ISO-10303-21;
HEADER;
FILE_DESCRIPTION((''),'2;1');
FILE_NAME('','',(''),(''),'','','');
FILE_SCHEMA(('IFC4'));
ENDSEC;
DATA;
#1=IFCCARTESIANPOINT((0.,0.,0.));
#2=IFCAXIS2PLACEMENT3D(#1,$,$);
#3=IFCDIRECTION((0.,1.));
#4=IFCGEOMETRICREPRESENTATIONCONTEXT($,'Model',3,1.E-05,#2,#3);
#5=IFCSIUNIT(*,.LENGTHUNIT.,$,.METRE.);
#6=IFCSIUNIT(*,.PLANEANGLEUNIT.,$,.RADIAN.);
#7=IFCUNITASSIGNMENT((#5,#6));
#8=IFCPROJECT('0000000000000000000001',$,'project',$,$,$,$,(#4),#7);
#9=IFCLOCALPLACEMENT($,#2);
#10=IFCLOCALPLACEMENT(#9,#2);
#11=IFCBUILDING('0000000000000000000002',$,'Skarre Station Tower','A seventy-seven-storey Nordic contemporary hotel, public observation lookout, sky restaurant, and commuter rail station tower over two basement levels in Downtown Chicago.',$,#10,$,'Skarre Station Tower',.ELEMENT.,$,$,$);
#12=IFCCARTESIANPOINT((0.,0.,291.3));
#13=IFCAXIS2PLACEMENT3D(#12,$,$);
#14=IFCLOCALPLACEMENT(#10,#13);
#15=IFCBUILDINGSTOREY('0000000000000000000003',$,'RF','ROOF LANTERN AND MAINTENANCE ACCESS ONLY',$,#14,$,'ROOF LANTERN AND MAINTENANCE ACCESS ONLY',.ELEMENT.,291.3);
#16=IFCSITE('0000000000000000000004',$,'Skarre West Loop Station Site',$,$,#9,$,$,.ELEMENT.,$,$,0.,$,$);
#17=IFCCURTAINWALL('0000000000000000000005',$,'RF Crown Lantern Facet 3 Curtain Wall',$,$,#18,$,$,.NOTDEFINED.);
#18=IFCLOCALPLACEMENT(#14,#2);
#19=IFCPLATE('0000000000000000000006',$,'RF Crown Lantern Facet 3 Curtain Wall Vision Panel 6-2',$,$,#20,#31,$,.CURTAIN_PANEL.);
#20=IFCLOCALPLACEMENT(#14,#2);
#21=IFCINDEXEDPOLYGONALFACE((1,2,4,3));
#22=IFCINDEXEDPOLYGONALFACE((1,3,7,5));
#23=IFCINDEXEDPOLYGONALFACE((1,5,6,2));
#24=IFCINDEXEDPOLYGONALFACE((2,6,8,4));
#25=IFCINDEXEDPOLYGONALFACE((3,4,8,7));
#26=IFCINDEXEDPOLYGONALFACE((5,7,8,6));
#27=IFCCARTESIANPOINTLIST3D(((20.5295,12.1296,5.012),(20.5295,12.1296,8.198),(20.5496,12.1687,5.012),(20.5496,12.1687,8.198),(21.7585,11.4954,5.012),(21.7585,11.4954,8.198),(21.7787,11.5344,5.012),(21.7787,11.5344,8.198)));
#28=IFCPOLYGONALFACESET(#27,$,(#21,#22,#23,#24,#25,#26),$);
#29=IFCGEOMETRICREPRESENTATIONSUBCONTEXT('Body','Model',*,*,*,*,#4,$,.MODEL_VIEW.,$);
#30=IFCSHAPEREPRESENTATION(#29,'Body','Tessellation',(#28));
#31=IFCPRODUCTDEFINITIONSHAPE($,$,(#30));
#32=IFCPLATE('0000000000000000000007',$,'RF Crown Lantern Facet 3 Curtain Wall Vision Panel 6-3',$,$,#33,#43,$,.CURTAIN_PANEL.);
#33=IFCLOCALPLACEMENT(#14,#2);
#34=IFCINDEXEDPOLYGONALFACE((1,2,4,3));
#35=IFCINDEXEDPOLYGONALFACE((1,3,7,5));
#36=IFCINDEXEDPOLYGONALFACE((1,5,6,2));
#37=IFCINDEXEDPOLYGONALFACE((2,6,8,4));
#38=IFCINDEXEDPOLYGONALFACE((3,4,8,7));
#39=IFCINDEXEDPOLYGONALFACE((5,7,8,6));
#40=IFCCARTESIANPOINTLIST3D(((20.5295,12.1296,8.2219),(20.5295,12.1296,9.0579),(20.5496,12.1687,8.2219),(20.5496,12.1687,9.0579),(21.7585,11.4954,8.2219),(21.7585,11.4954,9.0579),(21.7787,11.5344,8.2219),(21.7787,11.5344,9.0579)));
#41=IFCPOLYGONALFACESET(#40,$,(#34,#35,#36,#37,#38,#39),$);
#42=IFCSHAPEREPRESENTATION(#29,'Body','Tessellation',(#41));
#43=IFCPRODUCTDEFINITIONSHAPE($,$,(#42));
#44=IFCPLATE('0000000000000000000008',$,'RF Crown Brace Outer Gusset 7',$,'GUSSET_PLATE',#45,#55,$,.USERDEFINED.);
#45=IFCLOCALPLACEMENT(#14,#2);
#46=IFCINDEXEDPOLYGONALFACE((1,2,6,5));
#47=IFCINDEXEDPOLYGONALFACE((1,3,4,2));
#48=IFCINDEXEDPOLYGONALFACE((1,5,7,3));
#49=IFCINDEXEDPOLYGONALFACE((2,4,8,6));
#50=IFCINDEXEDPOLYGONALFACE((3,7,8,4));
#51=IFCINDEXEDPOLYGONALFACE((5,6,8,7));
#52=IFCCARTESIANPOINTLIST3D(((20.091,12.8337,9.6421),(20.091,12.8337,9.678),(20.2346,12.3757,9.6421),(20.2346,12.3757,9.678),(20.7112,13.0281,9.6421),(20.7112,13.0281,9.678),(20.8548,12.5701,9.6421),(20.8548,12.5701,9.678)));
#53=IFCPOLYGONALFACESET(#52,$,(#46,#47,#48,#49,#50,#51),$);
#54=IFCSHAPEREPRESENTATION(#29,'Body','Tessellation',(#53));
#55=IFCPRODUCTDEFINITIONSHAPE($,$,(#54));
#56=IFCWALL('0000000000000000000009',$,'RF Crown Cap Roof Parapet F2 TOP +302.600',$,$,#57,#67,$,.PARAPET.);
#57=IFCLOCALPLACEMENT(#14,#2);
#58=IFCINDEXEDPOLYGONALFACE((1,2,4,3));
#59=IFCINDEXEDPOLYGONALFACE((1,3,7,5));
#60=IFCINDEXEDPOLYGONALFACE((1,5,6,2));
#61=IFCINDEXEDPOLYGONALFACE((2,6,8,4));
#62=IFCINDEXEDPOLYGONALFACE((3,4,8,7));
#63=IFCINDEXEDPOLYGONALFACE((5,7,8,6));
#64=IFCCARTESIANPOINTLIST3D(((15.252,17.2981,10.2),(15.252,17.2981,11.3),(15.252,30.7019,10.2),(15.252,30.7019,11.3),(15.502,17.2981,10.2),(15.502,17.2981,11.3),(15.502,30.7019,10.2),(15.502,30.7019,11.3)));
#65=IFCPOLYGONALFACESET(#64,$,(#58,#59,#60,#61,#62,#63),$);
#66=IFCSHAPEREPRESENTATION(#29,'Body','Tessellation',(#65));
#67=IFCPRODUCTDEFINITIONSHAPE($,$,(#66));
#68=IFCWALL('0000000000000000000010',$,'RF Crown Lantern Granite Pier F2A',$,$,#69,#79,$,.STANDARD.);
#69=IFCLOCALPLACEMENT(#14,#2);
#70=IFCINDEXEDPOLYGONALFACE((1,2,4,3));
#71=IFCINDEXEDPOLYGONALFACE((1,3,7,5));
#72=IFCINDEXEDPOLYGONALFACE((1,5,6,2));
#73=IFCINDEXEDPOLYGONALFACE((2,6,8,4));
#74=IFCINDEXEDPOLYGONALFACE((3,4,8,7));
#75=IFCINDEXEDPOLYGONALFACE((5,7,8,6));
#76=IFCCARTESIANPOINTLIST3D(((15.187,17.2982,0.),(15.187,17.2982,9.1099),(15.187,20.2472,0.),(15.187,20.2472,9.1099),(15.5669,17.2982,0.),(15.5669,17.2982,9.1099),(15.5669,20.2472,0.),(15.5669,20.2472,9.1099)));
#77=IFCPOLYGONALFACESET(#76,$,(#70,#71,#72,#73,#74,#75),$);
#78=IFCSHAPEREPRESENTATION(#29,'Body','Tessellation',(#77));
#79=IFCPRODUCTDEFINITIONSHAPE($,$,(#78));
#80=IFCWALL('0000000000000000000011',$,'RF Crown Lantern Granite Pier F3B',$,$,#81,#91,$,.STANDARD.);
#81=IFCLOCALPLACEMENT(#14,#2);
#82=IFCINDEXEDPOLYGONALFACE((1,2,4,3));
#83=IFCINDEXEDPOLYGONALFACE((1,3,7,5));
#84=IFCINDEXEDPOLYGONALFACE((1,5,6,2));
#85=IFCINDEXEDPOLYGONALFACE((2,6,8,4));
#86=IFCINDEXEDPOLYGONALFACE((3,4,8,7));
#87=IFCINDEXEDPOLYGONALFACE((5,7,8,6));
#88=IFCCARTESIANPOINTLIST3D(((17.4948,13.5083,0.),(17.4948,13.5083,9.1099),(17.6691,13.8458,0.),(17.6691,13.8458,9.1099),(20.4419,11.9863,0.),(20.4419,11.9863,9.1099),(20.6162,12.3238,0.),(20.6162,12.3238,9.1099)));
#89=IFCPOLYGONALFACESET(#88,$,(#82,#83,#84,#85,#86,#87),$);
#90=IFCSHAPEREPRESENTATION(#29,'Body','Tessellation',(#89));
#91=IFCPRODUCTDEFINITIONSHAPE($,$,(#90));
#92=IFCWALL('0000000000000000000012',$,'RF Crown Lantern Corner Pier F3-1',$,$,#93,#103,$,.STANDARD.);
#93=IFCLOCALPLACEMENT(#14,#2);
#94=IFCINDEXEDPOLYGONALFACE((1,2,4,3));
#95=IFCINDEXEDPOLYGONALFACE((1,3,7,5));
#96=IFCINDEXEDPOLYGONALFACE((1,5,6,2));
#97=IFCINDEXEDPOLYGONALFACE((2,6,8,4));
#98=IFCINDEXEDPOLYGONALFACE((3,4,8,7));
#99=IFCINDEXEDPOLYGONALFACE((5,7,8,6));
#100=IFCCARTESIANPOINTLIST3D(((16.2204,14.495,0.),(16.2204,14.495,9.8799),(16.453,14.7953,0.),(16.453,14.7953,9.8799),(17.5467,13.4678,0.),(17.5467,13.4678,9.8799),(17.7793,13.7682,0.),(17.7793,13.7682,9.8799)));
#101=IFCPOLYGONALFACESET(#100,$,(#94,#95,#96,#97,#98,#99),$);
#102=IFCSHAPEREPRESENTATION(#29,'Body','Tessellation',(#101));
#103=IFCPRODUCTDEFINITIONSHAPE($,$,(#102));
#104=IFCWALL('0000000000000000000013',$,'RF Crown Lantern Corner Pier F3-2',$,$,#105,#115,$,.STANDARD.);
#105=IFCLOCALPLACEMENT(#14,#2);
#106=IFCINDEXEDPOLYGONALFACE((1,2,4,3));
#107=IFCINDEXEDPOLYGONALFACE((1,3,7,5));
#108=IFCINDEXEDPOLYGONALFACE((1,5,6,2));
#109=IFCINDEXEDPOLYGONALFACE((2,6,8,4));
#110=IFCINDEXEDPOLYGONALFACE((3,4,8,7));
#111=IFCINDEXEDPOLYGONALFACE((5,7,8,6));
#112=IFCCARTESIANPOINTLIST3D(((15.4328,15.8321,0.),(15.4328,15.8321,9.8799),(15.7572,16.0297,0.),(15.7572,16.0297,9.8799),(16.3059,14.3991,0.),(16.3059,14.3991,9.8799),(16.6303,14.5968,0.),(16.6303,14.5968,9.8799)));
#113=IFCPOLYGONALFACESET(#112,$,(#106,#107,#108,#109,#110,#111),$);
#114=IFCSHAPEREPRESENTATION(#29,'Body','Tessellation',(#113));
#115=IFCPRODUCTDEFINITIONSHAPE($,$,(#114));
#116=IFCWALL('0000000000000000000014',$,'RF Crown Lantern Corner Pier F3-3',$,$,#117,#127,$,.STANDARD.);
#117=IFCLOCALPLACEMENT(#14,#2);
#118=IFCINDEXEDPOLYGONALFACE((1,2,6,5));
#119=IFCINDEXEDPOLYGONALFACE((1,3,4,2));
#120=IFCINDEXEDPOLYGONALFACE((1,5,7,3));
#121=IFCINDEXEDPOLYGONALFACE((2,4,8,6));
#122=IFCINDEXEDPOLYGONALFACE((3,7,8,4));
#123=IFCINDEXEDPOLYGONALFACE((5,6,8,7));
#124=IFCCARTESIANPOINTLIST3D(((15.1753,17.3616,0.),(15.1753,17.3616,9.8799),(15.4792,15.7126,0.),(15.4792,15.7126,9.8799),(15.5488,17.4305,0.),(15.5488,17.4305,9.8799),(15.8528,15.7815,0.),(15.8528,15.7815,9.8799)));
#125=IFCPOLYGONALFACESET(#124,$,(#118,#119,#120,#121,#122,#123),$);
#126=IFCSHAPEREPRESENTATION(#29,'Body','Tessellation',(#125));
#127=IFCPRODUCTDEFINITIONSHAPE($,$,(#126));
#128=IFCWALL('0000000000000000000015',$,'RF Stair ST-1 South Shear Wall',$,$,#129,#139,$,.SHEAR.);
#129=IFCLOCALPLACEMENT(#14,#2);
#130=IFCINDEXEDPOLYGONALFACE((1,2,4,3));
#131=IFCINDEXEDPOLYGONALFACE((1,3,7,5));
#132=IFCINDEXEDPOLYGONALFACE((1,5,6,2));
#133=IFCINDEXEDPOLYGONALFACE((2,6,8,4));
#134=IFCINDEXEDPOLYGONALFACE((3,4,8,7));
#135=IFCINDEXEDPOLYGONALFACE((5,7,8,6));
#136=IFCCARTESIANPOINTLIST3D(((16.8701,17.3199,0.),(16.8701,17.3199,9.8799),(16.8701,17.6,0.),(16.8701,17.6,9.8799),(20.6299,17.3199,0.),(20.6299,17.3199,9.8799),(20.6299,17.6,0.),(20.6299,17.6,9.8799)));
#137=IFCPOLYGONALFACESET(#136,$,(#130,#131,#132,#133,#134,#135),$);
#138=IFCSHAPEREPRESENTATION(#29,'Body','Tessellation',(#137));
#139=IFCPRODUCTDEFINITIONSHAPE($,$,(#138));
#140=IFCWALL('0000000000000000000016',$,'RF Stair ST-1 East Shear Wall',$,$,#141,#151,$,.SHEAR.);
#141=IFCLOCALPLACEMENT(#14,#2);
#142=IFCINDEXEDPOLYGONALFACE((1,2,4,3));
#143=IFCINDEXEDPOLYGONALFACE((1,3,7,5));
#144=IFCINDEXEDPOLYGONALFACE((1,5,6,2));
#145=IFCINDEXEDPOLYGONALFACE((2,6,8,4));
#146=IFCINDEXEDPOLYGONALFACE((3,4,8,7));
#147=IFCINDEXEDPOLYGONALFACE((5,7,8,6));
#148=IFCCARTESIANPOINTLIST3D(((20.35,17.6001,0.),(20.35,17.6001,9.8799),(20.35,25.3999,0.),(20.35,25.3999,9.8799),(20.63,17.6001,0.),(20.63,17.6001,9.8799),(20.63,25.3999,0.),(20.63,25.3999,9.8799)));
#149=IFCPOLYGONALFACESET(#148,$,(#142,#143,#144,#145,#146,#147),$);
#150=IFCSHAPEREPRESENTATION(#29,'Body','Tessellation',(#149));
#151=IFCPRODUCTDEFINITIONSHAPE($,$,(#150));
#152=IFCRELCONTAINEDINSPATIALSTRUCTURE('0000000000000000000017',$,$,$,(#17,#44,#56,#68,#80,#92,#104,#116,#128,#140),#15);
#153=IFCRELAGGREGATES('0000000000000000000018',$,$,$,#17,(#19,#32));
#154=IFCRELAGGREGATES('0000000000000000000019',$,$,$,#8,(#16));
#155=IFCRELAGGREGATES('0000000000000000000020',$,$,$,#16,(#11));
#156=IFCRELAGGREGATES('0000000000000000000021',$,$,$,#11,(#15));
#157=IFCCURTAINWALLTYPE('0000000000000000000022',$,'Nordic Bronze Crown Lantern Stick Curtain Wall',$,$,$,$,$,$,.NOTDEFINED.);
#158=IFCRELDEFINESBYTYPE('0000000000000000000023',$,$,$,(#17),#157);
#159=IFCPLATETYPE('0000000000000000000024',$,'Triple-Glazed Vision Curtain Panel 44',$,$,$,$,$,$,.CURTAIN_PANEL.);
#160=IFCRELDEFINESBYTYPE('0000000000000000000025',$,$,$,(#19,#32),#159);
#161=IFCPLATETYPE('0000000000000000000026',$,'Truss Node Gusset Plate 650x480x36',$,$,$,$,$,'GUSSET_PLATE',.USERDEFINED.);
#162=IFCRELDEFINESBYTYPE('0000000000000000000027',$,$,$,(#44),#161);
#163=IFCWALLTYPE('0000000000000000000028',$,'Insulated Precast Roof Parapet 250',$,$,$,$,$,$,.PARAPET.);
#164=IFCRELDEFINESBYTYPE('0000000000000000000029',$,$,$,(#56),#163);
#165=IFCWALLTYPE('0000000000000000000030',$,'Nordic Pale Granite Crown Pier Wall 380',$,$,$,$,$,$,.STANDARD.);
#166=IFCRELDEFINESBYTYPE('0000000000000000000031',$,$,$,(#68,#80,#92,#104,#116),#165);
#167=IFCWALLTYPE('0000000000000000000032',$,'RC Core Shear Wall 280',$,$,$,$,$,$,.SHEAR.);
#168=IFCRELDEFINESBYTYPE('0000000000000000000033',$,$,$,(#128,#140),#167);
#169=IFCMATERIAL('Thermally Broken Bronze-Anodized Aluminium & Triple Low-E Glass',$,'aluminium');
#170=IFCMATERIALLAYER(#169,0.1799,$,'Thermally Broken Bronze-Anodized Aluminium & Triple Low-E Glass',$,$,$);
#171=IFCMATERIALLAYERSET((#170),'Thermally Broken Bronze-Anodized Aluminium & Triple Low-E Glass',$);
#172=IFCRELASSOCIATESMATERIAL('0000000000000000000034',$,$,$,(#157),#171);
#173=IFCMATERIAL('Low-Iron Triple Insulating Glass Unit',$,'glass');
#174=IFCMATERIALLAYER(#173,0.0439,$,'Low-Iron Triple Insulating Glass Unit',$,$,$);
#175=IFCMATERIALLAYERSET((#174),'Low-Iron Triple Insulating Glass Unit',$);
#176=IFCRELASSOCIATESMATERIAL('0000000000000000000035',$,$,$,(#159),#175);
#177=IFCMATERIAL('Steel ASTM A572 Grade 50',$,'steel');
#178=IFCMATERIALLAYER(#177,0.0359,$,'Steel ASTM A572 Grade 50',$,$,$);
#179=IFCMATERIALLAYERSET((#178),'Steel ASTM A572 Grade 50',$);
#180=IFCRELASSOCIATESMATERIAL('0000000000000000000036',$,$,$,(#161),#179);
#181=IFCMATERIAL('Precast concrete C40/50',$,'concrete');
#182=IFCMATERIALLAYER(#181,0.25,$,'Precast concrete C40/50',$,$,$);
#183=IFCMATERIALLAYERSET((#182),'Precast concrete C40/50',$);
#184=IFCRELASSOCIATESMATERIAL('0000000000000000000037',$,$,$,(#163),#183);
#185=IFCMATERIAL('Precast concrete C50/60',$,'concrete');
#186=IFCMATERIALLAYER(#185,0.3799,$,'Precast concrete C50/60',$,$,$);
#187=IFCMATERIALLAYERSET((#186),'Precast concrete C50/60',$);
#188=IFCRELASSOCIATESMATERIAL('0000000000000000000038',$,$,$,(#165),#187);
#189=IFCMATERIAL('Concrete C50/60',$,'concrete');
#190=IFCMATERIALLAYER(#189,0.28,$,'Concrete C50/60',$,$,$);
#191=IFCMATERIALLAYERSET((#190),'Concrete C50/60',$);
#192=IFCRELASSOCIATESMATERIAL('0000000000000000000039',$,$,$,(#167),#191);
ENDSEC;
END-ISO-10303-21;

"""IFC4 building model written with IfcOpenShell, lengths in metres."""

from ifc_helpers import new_model, si_unit, direction, frame, frame_2d, origin, origin_2d, place, context, subcontext, project, spatial, rectangle, extrude, material, layer, layer_set, type_object, element, aggregate, save


model = new_model("IFC4")

# Units and contexts
model_context = context("Model", 3, precision=1e-05, world=origin(), true_north=direction((0.0, 1.0)))
body_context = subcontext(model_context, "Body", "Model", "MODEL_VIEW")
ifc_project = project(units=[si_unit("LENGTHUNIT", "METRE"), si_unit("PLANEANGLEUNIT", "RADIAN")], contexts=[model_context])

# Site, building, storey
site_placement = place(None, origin())
site = spatial("IfcSite", under=ifc_project, at=site_placement, Name="Skarre West Loop Station Site", CompositionType="ELEMENT", RefElevation=0.0)
building_placement = place(site_placement, origin())
building = spatial("IfcBuilding", under=site, at=building_placement, Name="Skarre Station Tower", Description="A seventy-seven-storey Nordic contemporary hotel, public observation lookout, sky restaurant, and commuter rail station tower over two basement levels in Downtown Chicago.", LongName="Skarre Station Tower", CompositionType="ELEMENT")
storey_placement = place(building_placement, frame((0.0, 0.0, 291.3)))
storey = spatial("IfcBuildingStorey", under=building, at=storey_placement, Name="RF", Description="ROOF LANTERN AND MAINTENANCE ACCESS ONLY", LongName="ROOF LANTERN AND MAINTENANCE ACCESS ONLY", CompositionType="ELEMENT", Elevation=291.3)

# Curtain wall
ifc_material_1 = material(Name="Thermally Broken Bronze-Anodized Aluminium & Triple Low-E Glass", Category="aluminium")
ifc_layer_1 = layer(ifc_material_1, 0.1799, Name="Thermally Broken Bronze-Anodized Aluminium & Triple Low-E Glass")
ifc_layer_set_1 = layer_set([ifc_layer_1], Name="Thermally Broken Bronze-Anodized Aluminium & Triple Low-E Glass")
curtain_wall_type = type_object("IfcCurtainWallType", Name="Nordic Bronze Crown Lantern Stick Curtain Wall", PredefinedType="NOTDEFINED", material=ifc_layer_set_1)
curtain_wall_placement = place(storey_placement, origin())
curtain_wall = element("IfcCurtainWall", 1, at=curtain_wall_placement, inside=storey, type_object=curtain_wall_type, Name="RF Crown Lantern Facet 3 Curtain Wall", PredefinedType="NOTDEFINED")

# Shared definitions
ifc_material_2 = material(Name="Steel ASTM A572 Grade 50", Category="steel")

# Shared definitions
ifc_material_3 = material(Name="Concrete C50/60", Category="concrete")

# Shared definitions
ifc_material_4 = material(Name="Precast concrete C40/50", Category="concrete")

# Plates
ifc_material_5 = material(Name="Low-Iron Triple Insulating Glass Unit", Category="glass")
ifc_layer_2 = layer(ifc_material_5, 0.0439, Name="Low-Iron Triple Insulating Glass Unit")
ifc_layer_set_2 = layer_set([ifc_layer_2], Name="Low-Iron Triple Insulating Glass Unit")
plate_type_1 = type_object("IfcPlateType", Name="Triple-Glazed Vision Curtain Panel 44", PredefinedType="CURTAIN_PANEL", material=ifc_layer_set_2)
plate_1_placement = place(storey_placement, frame((21.1541, 11.832, 5.012), z_axis=(0.0, 0.0, 1.0), x_axis=(-0.888649, 0.458588, 0.0)))
plate_1 = element("IfcPlate", 2, at=plate_1_placement, type_object=plate_type_1, Name="RF Crown Lantern Facet 3 Curtain Wall Vision Panel 6-2", PredefinedType="CURTAIN_PANEL", context=body_context, shape_type="SweptSolid", body=[
    extrude(rectangle(XDim=1.3831, YDim=0.0439, at=origin_2d()), origin(), (0.0, 0.0, 1.0), 3.186),
])
plate_2_placement = place(storey_placement, frame((21.1541, 11.832, 8.2219), z_axis=(0.0, 0.0, 1.0), x_axis=(-0.888649, 0.458588, 0.0)))
plate_2 = element("IfcPlate", 3, at=plate_2_placement, type_object=plate_type_1, Name="RF Crown Lantern Facet 3 Curtain Wall Vision Panel 6-3", PredefinedType="CURTAIN_PANEL", context=body_context, shape_type="SweptSolid", body=[
    extrude(rectangle(XDim=1.3831, YDim=0.0439, at=origin_2d()), origin(), (0.0, 0.0, 1.0), 0.8359),
])
aggregate(curtain_wall, [plate_1, plate_2])
ifc_layer_3 = layer(ifc_material_2, 0.0359, Name="Steel ASTM A572 Grade 50")
ifc_layer_set_3 = layer_set([ifc_layer_3], Name="Steel ASTM A572 Grade 50")
plate_type_2 = type_object("IfcPlateType", Name="Truss Node Gusset Plate 650x480x36", ElementType="GUSSET_PLATE", PredefinedType="USERDEFINED", material=ifc_layer_set_3)
plate_3_placement = place(storey_placement, frame((20.4729, 12.7019, 9.6421), z_axis=(0.0, 0.0, 1.0), x_axis=(0.954225, 0.299091, 0.0)))
element("IfcPlate", 4, at=plate_3_placement, inside=storey, type_object=plate_type_2, Name="RF Crown Brace Outer Gusset 7", ObjectType="GUSSET_PLATE", PredefinedType="USERDEFINED", context=body_context, shape_type="SweptSolid", body=[
    extrude(rectangle(XDim=0.6499, YDim=0.48, at=origin_2d()), origin(), (0.0, 0.0, 1.0), 0.0359),
])

# Walls
ifc_layer_4 = layer(ifc_material_4, 0.25, Name="Precast concrete C40/50")
ifc_layer_set_4 = layer_set([ifc_layer_4], Name="Precast concrete C40/50")
wall_type_1 = type_object("IfcWallType", Name="Insulated Precast Roof Parapet 250", PredefinedType="PARAPET", material=ifc_layer_set_4)
wall_1_placement = place(storey_placement, frame((15.377, 17.2981, 10.2), z_axis=(0.0, 0.0, 1.0), x_axis=(0.0, 1.0, 0.0)))
element("IfcWall", 5, at=wall_1_placement, inside=storey, type_object=wall_type_1, Name="RF Crown Cap Roof Parapet F2 TOP +302.600", PredefinedType="PARAPET", context=body_context, shape_type="SweptSolid", body=[
    extrude(rectangle(XDim=13.4038, YDim=0.25, at=frame_2d((6.7019, 0.0))), origin(), (0.0, 0.0, 1.0), 1.1001),
])
ifc_material_6 = material(Name="Precast concrete C50/60", Category="concrete")
ifc_layer_5 = layer(ifc_material_6, 0.3799, Name="Precast concrete C50/60")
ifc_layer_set_5 = layer_set([ifc_layer_5], Name="Precast concrete C50/60")
wall_type_2 = type_object("IfcWallType", Name="Nordic Pale Granite Crown Pier Wall 380", PredefinedType="STANDARD", material=ifc_layer_set_5)
wall_2_placement = place(storey_placement, frame((15.377, 17.2981, 0.0), z_axis=(0.0, 0.0, 1.0), x_axis=(0.0, 1.0, 0.0)))
element("IfcWall", 6, at=wall_2_placement, inside=storey, type_object=wall_type_2, Name="RF Crown Lantern Granite Pier F2A", PredefinedType="STANDARD", context=body_context, shape_type="SweptSolid", body=[
    extrude(rectangle(XDim=2.949, YDim=0.3799, at=frame_2d((1.4746, 0.0))), origin(), (0.0, 0.0, 1.0), 9.1099),
])
wall_3_placement = place(storey_placement, frame((20.5291, 12.155, 0.0), z_axis=(0.0, 0.0, 1.0), x_axis=(-0.888506, 0.458864, 0.0)))
element("IfcWall", 7, at=wall_3_placement, inside=storey, type_object=wall_type_2, Name="RF Crown Lantern Granite Pier F3B", PredefinedType="STANDARD", context=body_context, shape_type="SweptSolid", body=[
    extrude(rectangle(XDim=3.3169, YDim=0.3799, at=frame_2d((1.6584, 0.0))), origin(), (0.0, 0.0, 1.0), 9.1099),
])
wall_4_placement = place(storey_placement, frame((17.6631, 13.6179, 0.0), z_axis=(0.0, 0.0, 1.0), x_axis=(-0.790612, 0.612317, 0.0)))
element("IfcWall", 8, at=wall_4_placement, inside=storey, type_object=wall_type_2, Name="RF Crown Lantern Corner Pier F3-1", PredefinedType="STANDARD", context=body_context, shape_type="SweptSolid", body=[
    extrude(rectangle(XDim=1.6775, YDim=0.3799, at=frame_2d((0.8389, 0.0))), origin(), (0.0, 0.0, 1.0), 9.8799),
])
wall_5_placement = place(storey_placement, frame((16.468, 14.498, 0.0), z_axis=(0.0, 0.0, 1.0), x_axis=(-0.520325, 0.853968, 0.0)))
element("IfcWall", 9, at=wall_5_placement, inside=storey, type_object=wall_type_2, Name="RF Crown Lantern Corner Pier F3-2", PredefinedType="STANDARD", context=body_context, shape_type="SweptSolid", body=[
    extrude(rectangle(XDim=1.678, YDim=0.3799, at=frame_2d((0.8389, 0.0))), origin(), (0.0, 0.0, 1.0), 9.8799),
])
wall_6_placement = place(storey_placement, frame((15.666, 15.7471, 0.0), z_axis=(0.0, 0.0, 1.0), x_axis=(-0.181281, 0.983431, 0.0)))
element("IfcWall", 10, at=wall_6_placement, inside=storey, type_object=wall_type_2, Name="RF Crown Lantern Corner Pier F3-3", PredefinedType="STANDARD", context=body_context, shape_type="SweptSolid", body=[
    extrude(rectangle(XDim=1.6768, YDim=0.3799, at=frame_2d((0.8384, 0.0))), origin(), (0.0, 0.0, 1.0), 9.8799),
])
ifc_layer_6 = layer(ifc_material_3, 0.28, Name="Concrete C50/60")
ifc_layer_set_6 = layer_set([ifc_layer_6], Name="Concrete C50/60")
wall_type_3 = type_object("IfcWallType", Name="RC Core Shear Wall 280", PredefinedType="SHEAR", material=ifc_layer_set_6)
wall_7_placement = place(storey_placement, frame((16.8701, 17.46, 0.0), z_axis=(0.0, 0.0, 1.0), x_axis=(1.0, 0.0, 0.0)))
element("IfcWall", 11, at=wall_7_placement, inside=storey, type_object=wall_type_3, Name="RF Stair ST-1 South Shear Wall", PredefinedType="SHEAR", context=body_context, shape_type="SweptSolid", body=[
    extrude(rectangle(XDim=3.7598, YDim=0.28, at=frame_2d((1.8799, 0.0))), origin(), (0.0, 0.0, 1.0), 9.8799),
])
wall_8_placement = place(storey_placement, frame((20.49, 17.6001, 0.0), z_axis=(0.0, 0.0, 1.0), x_axis=(0.0, 1.0, 0.0)))
element("IfcWall", 12, at=wall_8_placement, inside=storey, type_object=wall_type_3, Name="RF Stair ST-1 East Shear Wall", PredefinedType="SHEAR", context=body_context, shape_type="SweptSolid", body=[
    extrude(rectangle(XDim=7.7998, YDim=0.28, at=frame_2d((3.8999, 0.0))), origin(), (0.0, 0.0, 1.0), 9.8799),
])

save(model, "model.ifc")
